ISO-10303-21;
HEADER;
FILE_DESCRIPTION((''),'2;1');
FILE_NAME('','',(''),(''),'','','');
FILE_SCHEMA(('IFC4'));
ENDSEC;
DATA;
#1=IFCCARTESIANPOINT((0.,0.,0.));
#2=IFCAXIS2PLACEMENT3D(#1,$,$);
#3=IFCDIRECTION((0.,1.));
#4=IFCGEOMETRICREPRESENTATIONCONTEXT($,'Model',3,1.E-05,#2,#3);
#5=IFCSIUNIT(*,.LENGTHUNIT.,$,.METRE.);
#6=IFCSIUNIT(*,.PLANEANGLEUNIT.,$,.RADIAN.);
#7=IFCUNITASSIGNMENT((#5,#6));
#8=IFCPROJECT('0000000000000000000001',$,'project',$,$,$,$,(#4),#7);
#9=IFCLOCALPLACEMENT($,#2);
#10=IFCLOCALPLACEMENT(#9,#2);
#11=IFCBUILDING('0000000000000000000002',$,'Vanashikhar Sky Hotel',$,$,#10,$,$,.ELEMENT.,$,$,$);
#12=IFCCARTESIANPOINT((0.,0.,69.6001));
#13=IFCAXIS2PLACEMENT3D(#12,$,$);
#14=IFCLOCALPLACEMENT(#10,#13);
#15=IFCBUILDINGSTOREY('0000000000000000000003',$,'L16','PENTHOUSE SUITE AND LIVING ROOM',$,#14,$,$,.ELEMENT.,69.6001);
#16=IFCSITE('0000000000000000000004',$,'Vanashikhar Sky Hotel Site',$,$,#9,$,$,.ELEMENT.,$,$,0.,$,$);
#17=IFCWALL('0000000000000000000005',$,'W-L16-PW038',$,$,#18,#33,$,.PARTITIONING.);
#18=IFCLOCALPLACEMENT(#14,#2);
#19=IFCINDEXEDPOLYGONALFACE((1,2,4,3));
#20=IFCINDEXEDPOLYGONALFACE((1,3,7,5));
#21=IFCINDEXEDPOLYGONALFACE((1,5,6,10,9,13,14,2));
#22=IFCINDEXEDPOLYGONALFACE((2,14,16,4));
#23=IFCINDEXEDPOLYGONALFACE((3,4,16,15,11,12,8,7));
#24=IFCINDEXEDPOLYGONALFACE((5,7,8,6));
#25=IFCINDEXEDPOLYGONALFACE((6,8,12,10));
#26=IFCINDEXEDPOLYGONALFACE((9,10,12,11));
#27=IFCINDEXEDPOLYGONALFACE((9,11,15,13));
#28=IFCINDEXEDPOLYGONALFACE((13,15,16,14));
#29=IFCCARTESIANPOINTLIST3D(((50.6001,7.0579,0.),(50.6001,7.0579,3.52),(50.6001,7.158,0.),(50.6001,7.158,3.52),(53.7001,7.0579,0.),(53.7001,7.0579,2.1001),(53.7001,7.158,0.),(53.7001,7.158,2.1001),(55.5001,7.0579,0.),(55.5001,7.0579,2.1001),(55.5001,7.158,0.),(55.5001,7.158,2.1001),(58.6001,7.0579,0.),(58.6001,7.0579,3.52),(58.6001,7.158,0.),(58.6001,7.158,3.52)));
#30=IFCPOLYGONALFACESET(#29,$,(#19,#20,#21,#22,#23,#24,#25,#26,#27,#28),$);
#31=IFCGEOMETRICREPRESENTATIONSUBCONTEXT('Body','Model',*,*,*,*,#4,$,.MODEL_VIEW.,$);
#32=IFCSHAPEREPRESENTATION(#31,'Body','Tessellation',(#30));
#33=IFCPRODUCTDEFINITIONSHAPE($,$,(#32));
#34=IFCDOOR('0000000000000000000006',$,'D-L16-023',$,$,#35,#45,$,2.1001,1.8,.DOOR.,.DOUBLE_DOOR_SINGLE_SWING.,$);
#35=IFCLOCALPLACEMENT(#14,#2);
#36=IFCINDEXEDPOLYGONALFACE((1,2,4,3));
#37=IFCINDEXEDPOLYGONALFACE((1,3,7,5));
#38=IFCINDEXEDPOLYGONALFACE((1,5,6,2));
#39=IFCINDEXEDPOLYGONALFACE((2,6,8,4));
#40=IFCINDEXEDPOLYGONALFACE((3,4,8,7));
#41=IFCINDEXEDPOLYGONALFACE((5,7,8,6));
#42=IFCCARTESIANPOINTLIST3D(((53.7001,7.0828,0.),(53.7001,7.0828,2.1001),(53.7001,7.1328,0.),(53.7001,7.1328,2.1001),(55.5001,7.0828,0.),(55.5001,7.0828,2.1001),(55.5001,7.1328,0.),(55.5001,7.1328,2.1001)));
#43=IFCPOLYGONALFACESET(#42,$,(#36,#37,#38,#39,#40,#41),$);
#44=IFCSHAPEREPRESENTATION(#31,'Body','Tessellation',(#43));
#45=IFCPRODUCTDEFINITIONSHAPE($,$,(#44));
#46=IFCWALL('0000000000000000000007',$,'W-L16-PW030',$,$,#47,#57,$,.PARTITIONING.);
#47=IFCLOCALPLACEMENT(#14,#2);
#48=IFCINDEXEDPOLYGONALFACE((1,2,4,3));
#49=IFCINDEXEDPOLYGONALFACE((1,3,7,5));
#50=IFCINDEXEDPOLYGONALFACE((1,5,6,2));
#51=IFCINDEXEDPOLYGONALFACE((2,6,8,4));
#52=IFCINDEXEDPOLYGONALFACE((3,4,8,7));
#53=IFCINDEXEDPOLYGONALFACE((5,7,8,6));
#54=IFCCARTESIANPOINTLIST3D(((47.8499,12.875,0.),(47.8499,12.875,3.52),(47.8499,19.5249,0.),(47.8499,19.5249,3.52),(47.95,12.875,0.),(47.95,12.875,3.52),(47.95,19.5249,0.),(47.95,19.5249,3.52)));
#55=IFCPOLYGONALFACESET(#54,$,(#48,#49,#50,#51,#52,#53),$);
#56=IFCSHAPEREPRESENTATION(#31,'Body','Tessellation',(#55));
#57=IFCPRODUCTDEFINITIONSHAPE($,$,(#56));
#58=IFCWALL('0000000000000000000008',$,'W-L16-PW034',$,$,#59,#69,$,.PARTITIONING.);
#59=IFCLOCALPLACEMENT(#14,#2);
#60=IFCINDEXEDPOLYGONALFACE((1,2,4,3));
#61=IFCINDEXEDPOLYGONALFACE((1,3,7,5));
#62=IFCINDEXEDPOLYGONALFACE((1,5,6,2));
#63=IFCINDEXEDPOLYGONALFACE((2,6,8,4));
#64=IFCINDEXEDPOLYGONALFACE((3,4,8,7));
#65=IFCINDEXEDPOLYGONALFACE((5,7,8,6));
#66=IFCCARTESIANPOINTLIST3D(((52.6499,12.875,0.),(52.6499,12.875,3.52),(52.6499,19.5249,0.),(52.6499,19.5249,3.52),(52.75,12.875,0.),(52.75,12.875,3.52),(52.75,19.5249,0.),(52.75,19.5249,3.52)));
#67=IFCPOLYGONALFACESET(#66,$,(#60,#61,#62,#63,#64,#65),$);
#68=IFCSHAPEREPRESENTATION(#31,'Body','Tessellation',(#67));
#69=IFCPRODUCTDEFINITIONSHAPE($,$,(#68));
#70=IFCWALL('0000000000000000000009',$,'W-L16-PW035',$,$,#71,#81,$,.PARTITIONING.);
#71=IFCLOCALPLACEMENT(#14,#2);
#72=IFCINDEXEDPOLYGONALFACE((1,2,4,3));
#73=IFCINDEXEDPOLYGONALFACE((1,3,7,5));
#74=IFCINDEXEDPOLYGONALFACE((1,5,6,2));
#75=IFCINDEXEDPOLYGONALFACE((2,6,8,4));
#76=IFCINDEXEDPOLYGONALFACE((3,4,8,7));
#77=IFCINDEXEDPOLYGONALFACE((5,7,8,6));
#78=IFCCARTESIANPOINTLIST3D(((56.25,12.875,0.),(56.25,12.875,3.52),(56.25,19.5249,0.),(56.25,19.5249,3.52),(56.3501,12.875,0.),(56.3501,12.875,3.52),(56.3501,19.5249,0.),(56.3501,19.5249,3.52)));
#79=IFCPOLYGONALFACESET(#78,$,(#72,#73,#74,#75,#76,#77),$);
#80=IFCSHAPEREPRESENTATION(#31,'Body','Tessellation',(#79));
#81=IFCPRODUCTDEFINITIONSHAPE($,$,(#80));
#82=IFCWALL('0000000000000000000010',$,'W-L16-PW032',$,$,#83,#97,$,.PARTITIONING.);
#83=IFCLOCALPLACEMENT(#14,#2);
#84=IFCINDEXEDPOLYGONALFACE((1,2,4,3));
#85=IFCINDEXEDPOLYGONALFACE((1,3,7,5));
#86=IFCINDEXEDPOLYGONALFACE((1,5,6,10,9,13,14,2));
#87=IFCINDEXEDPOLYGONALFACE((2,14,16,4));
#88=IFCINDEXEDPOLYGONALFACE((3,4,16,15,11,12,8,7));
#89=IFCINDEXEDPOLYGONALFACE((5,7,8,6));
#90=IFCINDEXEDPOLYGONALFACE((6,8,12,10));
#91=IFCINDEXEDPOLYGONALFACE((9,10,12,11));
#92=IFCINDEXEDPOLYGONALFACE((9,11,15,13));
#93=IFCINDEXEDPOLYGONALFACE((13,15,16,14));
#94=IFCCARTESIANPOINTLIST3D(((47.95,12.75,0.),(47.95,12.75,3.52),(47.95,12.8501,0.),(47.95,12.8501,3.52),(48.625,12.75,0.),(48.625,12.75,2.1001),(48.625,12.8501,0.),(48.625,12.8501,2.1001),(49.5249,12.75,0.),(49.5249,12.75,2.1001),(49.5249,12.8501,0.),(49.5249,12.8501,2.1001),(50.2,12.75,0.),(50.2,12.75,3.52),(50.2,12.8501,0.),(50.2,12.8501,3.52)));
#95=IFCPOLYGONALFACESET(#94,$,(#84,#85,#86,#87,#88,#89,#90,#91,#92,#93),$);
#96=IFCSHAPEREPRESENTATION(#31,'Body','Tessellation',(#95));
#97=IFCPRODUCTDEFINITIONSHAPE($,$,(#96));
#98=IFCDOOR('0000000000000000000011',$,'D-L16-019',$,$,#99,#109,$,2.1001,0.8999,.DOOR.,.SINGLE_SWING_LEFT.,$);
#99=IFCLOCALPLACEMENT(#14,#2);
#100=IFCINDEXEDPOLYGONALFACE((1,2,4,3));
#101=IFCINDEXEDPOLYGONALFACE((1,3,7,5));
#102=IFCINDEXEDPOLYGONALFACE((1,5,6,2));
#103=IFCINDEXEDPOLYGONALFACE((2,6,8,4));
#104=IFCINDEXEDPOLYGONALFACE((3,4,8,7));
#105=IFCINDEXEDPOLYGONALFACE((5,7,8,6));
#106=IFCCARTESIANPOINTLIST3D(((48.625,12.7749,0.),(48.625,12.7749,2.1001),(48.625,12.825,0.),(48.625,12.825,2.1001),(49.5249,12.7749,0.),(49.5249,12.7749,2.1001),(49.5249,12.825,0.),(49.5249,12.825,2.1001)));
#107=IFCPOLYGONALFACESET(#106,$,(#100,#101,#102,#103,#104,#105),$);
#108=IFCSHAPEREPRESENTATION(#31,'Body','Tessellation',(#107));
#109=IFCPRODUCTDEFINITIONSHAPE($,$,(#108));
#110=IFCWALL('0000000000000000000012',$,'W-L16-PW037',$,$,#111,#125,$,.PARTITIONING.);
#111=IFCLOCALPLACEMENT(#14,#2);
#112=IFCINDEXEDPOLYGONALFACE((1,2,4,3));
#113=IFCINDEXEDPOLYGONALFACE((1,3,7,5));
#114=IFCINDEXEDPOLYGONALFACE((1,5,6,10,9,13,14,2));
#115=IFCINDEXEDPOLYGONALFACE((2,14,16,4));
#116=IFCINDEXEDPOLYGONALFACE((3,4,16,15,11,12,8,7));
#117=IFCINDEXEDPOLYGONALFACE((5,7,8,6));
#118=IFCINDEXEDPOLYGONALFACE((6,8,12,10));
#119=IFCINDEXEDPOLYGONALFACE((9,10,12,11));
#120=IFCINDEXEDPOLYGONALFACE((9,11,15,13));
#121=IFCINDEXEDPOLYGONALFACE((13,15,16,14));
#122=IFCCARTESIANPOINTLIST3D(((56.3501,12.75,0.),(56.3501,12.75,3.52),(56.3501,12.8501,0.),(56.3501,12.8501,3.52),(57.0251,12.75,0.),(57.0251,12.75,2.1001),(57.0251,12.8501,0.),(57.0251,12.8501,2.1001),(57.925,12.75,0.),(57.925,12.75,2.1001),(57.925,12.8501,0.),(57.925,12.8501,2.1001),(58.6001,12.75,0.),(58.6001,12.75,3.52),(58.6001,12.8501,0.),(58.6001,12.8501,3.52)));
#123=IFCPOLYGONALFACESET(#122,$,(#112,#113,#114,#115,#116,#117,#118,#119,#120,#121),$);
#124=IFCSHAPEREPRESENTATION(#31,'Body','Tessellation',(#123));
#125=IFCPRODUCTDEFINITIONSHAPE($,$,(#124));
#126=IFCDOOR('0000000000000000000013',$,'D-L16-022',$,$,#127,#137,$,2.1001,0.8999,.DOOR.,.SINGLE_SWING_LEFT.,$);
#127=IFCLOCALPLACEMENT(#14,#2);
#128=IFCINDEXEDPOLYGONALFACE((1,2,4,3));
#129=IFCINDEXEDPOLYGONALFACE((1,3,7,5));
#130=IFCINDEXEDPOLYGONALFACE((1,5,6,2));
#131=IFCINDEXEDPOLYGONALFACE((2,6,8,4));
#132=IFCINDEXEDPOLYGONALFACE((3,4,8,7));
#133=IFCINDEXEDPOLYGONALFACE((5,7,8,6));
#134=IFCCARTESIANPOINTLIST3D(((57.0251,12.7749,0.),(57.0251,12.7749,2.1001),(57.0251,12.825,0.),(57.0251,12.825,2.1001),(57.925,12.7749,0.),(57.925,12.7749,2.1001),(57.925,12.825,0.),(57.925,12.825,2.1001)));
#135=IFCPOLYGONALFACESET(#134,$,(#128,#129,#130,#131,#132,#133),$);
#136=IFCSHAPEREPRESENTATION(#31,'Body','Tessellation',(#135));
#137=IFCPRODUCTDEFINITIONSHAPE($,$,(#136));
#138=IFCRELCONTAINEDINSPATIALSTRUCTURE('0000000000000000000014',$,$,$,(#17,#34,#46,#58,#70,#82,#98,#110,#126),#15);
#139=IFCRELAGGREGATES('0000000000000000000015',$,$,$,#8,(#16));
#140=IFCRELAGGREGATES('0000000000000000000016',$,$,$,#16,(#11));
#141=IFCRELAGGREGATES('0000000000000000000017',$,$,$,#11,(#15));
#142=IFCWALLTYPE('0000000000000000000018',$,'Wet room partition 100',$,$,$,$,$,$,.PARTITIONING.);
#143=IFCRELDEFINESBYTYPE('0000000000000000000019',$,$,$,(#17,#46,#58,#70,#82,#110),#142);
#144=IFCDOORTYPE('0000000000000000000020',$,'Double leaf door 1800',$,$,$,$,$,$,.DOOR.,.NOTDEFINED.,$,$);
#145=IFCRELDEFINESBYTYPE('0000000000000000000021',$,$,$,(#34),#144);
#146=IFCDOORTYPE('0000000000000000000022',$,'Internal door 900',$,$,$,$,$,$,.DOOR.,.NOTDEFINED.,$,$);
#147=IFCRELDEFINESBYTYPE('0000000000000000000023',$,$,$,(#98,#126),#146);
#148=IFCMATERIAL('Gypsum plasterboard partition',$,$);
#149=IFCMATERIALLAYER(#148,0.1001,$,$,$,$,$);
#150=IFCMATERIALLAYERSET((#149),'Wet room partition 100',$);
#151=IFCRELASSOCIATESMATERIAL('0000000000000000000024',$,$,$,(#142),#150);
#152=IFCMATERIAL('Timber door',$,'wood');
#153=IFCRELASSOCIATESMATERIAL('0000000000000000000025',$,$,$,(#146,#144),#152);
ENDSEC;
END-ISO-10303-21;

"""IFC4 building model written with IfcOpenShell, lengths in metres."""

from ifc_helpers import new_model, si_unit, direction, frame, frame_2d, origin, place, context, subcontext, project, spatial, rectangle, extrude, source, transform, mapped, material, layer, layer_set, type_object, element, fill, save


model = new_model("IFC4")

# Units and contexts
model_context = context("Model", 3, precision=1e-05, world=origin(), true_north=direction((0.0, 1.0)))
body_context = subcontext(model_context, "Body", "Model", "MODEL_VIEW")
ifc_project = project(units=[si_unit("LENGTHUNIT", "METRE"), si_unit("PLANEANGLEUNIT", "RADIAN")], contexts=[model_context])

# Site, building, storey
site_placement = place(None, origin())
site = spatial("IfcSite", under=ifc_project, at=site_placement, Name="Vanashikhar Sky Hotel Site", CompositionType="ELEMENT", RefElevation=0.0)
building_placement = place(site_placement, origin())
building = spatial("IfcBuilding", under=site, at=building_placement, Name="Vanashikhar Sky Hotel", CompositionType="ELEMENT")
storey_placement = place(building_placement, frame((0.0, 0.0, 69.6001)))
storey = spatial("IfcBuildingStorey", under=building, at=storey_placement, Name="L16", Description="PENTHOUSE SUITE AND LIVING ROOM", CompositionType="ELEMENT", Elevation=69.6001)

# Wall, opening, door
ifc_material_1 = material(Name="Gypsum plasterboard partition")
ifc_layer_1 = layer(ifc_material_1, 0.1001)
ifc_layer_set_1 = layer_set([ifc_layer_1], Name="Wet room partition 100")
wall_type_1 = type_object("IfcWallType", Name="Wet room partition 100", PredefinedType="PARTITIONING", material=ifc_layer_set_1)
shared_shape_1 = source(origin(), body_context, "Body", "SweptSolid", [
    extrude(rectangle(XDim=0.8999, YDim=2.1001, at=frame_2d((0.45, 1.05))), frame((0.0, 0.0601, 0.0), z_axis=(0.0, -1.0, 0.0), x_axis=(1.0, 0.0, 0.0)), (0.0, 0.0, 1.0), 0.1201),
])
ifc_material_2 = material(Name="Timber door", Category="wood")
door_type_1 = type_object("IfcDoorType", Name="Internal door 900", OperationType="NOTDEFINED", PredefinedType="DOOR", material=ifc_material_2)
shared_shape_2 = source(origin(), body_context, "Body", "SweptSolid", [
    extrude(rectangle(XDim=0.8999, YDim=2.1001, at=frame_2d((0.45, 1.05))), frame((0.0, 0.0249, 0.0), z_axis=(0.0, -1.0, 0.0), x_axis=(1.0, 0.0, 0.0)), (0.0, 0.0, 1.0), 0.05),
])
shared_shape_3 = source(origin(), body_context, "Body", "SweptSolid", [
    extrude(rectangle(XDim=8.0, YDim=0.1001, at=frame_2d((4.0, 0.0))), origin(), (0.0, 0.0, 1.0), 3.52),
])
wall_1_placement = place(storey_placement, frame((50.6001, 7.1079, 0.0), z_axis=(0.0, 0.0, 1.0), x_axis=(1.0, 0.0, 0.0)))
wall_1 = element("IfcWall", 1, at=wall_1_placement, inside=storey, type_object=wall_type_1, Name="W-L16-PW038", PredefinedType="PARTITIONING", context=body_context, shape_type="MappedRepresentation", body=[
    mapped(shared_shape_3, transform((0.0, 0.0, 0.0), scale=1.0)),
])
shared_shape_4 = source(origin(), body_context, "Body", "SweptSolid", [
    extrude(rectangle(XDim=1.8, YDim=2.1001, at=frame_2d((0.8999, 1.05))), frame((0.0, 0.0601, 0.0), z_axis=(0.0, -1.0, 0.0), x_axis=(1.0, 0.0, 0.0)), (0.0, 0.0, 1.0), 0.1201),
])
opening_1_placement = place(wall_1_placement, frame((3.1001, 0.0, 0.0)))
opening_1 = element("IfcOpeningElement", 2, at=opening_1_placement, cuts=wall_1, PredefinedType="OPENING", context=body_context, shape_type="MappedRepresentation", body=[
    mapped(shared_shape_4, transform((0.0, 0.0, 0.0), scale=1.0)),
])
door_type_2 = type_object("IfcDoorType", Name="Double leaf door 1800", OperationType="NOTDEFINED", PredefinedType="DOOR", material=ifc_material_2)
shared_shape_5 = source(origin(), body_context, "Body", "SweptSolid", [
    extrude(rectangle(XDim=1.8, YDim=2.1001, at=frame_2d((0.8999, 1.05))), frame((0.0, 0.0249, 0.0), z_axis=(0.0, -1.0, 0.0), x_axis=(1.0, 0.0, 0.0)), (0.0, 0.0, 1.0), 0.05),
])
door_1_placement = place(opening_1_placement, origin())
door_1 = element("IfcDoor", 3, at=door_1_placement, inside=storey, type_object=door_type_2, Name="D-L16-023", OperationType="DOUBLE_DOOR_SINGLE_SWING", OverallHeight=2.1001, OverallWidth=1.8, PredefinedType="DOOR", context=body_context, shape_type="MappedRepresentation", body=[
    mapped(shared_shape_5, transform((0.0, 0.0, 0.0), scale=1.0)),
])
fill(opening_1, door_1)

# Walls
shared_shape_6 = source(origin(), body_context, "Body", "SweptSolid", [
    extrude(rectangle(XDim=6.6499, YDim=0.1001, at=frame_2d((3.325, 0.0))), origin(), (0.0, 0.0, 1.0), 3.52),
])
for number, where, z_axis, x_axis, name in (
    (4, (47.8999, 12.875, 0.0), (0.0, 0.0, 1.0), (0.0, 1.0, 0.0), "W-L16-PW030"),
    (5, (52.7, 12.875, 0.0), (0.0, 0.0, 1.0), (0.0, 1.0, 0.0), "W-L16-PW034"),
    (6, (56.3, 12.875, 0.0), (0.0, 0.0, 1.0), (0.0, 1.0, 0.0), "W-L16-PW035"),
):
    element("IfcWall", number, at=place(storey_placement, frame(where, z_axis=z_axis, x_axis=x_axis)), inside=storey, type_object=wall_type_1, Name=name, PredefinedType="PARTITIONING", context=body_context, shape_type="MappedRepresentation", body=[
        mapped(shared_shape_6, transform((0.0, 0.0, 0.0), scale=1.0)),
    ])

# Walls, openings, doors
shared_shape_7 = source(origin(), body_context, "Body", "SweptSolid", [
    extrude(rectangle(XDim=2.25, YDim=0.1001, at=frame_2d((1.125, 0.0))), origin(), (0.0, 0.0, 1.0), 3.52),
])
wall_2_placement = place(storey_placement, frame((47.95, 12.8, 0.0), z_axis=(0.0, 0.0, 1.0), x_axis=(1.0, 0.0, 0.0)))
wall_2 = element("IfcWall", 7, at=wall_2_placement, inside=storey, type_object=wall_type_1, Name="W-L16-PW032", PredefinedType="PARTITIONING", context=body_context, shape_type="MappedRepresentation", body=[
    mapped(shared_shape_7, transform((0.0, 0.0, 0.0), scale=1.0)),
])
opening_2_placement = place(wall_2_placement, frame((0.675, 0.0, 0.0)))
opening_2 = element("IfcOpeningElement", 8, at=opening_2_placement, cuts=wall_2, PredefinedType="OPENING", context=body_context, shape_type="MappedRepresentation", body=[
    mapped(shared_shape_1, transform((0.0, 0.0, 0.0), scale=1.0)),
])
door_2_placement = place(opening_2_placement, origin())
door_2 = element("IfcDoor", 9, at=door_2_placement, inside=storey, type_object=door_type_1, Name="D-L16-019", OperationType="SINGLE_SWING_LEFT", OverallHeight=2.1001, OverallWidth=0.8999, PredefinedType="DOOR", context=body_context, shape_type="MappedRepresentation", body=[
    mapped(shared_shape_2, transform((0.0, 0.0, 0.0), scale=1.0)),
])
fill(opening_2, door_2)
wall_3_placement = place(storey_placement, frame((56.3501, 12.8, 0.0), z_axis=(0.0, 0.0, 1.0), x_axis=(1.0, 0.0, 0.0)))
wall_3 = element("IfcWall", 10, at=wall_3_placement, inside=storey, type_object=wall_type_1, Name="W-L16-PW037", PredefinedType="PARTITIONING", context=body_context, shape_type="MappedRepresentation", body=[
    mapped(shared_shape_7, transform((0.0, 0.0, 0.0), scale=1.0)),
])
opening_3_placement = place(wall_3_placement, frame((0.675, 0.0, 0.0)))
opening_3 = element("IfcOpeningElement", 11, at=opening_3_placement, cuts=wall_3, PredefinedType="OPENING", context=body_context, shape_type="MappedRepresentation", body=[
    mapped(shared_shape_1, transform((0.0, 0.0, 0.0), scale=1.0)),
])
door_3_placement = place(opening_3_placement, origin())
door_3 = element("IfcDoor", 12, at=door_3_placement, inside=storey, type_object=door_type_1, Name="D-L16-022", OperationType="SINGLE_SWING_LEFT", OverallHeight=2.1001, OverallWidth=0.8999, PredefinedType="DOOR", context=body_context, shape_type="MappedRepresentation", body=[
    mapped(shared_shape_2, transform((0.0, 0.0, 0.0), scale=1.0)),
])
fill(opening_3, door_3)

save(model, "model.ifc")
